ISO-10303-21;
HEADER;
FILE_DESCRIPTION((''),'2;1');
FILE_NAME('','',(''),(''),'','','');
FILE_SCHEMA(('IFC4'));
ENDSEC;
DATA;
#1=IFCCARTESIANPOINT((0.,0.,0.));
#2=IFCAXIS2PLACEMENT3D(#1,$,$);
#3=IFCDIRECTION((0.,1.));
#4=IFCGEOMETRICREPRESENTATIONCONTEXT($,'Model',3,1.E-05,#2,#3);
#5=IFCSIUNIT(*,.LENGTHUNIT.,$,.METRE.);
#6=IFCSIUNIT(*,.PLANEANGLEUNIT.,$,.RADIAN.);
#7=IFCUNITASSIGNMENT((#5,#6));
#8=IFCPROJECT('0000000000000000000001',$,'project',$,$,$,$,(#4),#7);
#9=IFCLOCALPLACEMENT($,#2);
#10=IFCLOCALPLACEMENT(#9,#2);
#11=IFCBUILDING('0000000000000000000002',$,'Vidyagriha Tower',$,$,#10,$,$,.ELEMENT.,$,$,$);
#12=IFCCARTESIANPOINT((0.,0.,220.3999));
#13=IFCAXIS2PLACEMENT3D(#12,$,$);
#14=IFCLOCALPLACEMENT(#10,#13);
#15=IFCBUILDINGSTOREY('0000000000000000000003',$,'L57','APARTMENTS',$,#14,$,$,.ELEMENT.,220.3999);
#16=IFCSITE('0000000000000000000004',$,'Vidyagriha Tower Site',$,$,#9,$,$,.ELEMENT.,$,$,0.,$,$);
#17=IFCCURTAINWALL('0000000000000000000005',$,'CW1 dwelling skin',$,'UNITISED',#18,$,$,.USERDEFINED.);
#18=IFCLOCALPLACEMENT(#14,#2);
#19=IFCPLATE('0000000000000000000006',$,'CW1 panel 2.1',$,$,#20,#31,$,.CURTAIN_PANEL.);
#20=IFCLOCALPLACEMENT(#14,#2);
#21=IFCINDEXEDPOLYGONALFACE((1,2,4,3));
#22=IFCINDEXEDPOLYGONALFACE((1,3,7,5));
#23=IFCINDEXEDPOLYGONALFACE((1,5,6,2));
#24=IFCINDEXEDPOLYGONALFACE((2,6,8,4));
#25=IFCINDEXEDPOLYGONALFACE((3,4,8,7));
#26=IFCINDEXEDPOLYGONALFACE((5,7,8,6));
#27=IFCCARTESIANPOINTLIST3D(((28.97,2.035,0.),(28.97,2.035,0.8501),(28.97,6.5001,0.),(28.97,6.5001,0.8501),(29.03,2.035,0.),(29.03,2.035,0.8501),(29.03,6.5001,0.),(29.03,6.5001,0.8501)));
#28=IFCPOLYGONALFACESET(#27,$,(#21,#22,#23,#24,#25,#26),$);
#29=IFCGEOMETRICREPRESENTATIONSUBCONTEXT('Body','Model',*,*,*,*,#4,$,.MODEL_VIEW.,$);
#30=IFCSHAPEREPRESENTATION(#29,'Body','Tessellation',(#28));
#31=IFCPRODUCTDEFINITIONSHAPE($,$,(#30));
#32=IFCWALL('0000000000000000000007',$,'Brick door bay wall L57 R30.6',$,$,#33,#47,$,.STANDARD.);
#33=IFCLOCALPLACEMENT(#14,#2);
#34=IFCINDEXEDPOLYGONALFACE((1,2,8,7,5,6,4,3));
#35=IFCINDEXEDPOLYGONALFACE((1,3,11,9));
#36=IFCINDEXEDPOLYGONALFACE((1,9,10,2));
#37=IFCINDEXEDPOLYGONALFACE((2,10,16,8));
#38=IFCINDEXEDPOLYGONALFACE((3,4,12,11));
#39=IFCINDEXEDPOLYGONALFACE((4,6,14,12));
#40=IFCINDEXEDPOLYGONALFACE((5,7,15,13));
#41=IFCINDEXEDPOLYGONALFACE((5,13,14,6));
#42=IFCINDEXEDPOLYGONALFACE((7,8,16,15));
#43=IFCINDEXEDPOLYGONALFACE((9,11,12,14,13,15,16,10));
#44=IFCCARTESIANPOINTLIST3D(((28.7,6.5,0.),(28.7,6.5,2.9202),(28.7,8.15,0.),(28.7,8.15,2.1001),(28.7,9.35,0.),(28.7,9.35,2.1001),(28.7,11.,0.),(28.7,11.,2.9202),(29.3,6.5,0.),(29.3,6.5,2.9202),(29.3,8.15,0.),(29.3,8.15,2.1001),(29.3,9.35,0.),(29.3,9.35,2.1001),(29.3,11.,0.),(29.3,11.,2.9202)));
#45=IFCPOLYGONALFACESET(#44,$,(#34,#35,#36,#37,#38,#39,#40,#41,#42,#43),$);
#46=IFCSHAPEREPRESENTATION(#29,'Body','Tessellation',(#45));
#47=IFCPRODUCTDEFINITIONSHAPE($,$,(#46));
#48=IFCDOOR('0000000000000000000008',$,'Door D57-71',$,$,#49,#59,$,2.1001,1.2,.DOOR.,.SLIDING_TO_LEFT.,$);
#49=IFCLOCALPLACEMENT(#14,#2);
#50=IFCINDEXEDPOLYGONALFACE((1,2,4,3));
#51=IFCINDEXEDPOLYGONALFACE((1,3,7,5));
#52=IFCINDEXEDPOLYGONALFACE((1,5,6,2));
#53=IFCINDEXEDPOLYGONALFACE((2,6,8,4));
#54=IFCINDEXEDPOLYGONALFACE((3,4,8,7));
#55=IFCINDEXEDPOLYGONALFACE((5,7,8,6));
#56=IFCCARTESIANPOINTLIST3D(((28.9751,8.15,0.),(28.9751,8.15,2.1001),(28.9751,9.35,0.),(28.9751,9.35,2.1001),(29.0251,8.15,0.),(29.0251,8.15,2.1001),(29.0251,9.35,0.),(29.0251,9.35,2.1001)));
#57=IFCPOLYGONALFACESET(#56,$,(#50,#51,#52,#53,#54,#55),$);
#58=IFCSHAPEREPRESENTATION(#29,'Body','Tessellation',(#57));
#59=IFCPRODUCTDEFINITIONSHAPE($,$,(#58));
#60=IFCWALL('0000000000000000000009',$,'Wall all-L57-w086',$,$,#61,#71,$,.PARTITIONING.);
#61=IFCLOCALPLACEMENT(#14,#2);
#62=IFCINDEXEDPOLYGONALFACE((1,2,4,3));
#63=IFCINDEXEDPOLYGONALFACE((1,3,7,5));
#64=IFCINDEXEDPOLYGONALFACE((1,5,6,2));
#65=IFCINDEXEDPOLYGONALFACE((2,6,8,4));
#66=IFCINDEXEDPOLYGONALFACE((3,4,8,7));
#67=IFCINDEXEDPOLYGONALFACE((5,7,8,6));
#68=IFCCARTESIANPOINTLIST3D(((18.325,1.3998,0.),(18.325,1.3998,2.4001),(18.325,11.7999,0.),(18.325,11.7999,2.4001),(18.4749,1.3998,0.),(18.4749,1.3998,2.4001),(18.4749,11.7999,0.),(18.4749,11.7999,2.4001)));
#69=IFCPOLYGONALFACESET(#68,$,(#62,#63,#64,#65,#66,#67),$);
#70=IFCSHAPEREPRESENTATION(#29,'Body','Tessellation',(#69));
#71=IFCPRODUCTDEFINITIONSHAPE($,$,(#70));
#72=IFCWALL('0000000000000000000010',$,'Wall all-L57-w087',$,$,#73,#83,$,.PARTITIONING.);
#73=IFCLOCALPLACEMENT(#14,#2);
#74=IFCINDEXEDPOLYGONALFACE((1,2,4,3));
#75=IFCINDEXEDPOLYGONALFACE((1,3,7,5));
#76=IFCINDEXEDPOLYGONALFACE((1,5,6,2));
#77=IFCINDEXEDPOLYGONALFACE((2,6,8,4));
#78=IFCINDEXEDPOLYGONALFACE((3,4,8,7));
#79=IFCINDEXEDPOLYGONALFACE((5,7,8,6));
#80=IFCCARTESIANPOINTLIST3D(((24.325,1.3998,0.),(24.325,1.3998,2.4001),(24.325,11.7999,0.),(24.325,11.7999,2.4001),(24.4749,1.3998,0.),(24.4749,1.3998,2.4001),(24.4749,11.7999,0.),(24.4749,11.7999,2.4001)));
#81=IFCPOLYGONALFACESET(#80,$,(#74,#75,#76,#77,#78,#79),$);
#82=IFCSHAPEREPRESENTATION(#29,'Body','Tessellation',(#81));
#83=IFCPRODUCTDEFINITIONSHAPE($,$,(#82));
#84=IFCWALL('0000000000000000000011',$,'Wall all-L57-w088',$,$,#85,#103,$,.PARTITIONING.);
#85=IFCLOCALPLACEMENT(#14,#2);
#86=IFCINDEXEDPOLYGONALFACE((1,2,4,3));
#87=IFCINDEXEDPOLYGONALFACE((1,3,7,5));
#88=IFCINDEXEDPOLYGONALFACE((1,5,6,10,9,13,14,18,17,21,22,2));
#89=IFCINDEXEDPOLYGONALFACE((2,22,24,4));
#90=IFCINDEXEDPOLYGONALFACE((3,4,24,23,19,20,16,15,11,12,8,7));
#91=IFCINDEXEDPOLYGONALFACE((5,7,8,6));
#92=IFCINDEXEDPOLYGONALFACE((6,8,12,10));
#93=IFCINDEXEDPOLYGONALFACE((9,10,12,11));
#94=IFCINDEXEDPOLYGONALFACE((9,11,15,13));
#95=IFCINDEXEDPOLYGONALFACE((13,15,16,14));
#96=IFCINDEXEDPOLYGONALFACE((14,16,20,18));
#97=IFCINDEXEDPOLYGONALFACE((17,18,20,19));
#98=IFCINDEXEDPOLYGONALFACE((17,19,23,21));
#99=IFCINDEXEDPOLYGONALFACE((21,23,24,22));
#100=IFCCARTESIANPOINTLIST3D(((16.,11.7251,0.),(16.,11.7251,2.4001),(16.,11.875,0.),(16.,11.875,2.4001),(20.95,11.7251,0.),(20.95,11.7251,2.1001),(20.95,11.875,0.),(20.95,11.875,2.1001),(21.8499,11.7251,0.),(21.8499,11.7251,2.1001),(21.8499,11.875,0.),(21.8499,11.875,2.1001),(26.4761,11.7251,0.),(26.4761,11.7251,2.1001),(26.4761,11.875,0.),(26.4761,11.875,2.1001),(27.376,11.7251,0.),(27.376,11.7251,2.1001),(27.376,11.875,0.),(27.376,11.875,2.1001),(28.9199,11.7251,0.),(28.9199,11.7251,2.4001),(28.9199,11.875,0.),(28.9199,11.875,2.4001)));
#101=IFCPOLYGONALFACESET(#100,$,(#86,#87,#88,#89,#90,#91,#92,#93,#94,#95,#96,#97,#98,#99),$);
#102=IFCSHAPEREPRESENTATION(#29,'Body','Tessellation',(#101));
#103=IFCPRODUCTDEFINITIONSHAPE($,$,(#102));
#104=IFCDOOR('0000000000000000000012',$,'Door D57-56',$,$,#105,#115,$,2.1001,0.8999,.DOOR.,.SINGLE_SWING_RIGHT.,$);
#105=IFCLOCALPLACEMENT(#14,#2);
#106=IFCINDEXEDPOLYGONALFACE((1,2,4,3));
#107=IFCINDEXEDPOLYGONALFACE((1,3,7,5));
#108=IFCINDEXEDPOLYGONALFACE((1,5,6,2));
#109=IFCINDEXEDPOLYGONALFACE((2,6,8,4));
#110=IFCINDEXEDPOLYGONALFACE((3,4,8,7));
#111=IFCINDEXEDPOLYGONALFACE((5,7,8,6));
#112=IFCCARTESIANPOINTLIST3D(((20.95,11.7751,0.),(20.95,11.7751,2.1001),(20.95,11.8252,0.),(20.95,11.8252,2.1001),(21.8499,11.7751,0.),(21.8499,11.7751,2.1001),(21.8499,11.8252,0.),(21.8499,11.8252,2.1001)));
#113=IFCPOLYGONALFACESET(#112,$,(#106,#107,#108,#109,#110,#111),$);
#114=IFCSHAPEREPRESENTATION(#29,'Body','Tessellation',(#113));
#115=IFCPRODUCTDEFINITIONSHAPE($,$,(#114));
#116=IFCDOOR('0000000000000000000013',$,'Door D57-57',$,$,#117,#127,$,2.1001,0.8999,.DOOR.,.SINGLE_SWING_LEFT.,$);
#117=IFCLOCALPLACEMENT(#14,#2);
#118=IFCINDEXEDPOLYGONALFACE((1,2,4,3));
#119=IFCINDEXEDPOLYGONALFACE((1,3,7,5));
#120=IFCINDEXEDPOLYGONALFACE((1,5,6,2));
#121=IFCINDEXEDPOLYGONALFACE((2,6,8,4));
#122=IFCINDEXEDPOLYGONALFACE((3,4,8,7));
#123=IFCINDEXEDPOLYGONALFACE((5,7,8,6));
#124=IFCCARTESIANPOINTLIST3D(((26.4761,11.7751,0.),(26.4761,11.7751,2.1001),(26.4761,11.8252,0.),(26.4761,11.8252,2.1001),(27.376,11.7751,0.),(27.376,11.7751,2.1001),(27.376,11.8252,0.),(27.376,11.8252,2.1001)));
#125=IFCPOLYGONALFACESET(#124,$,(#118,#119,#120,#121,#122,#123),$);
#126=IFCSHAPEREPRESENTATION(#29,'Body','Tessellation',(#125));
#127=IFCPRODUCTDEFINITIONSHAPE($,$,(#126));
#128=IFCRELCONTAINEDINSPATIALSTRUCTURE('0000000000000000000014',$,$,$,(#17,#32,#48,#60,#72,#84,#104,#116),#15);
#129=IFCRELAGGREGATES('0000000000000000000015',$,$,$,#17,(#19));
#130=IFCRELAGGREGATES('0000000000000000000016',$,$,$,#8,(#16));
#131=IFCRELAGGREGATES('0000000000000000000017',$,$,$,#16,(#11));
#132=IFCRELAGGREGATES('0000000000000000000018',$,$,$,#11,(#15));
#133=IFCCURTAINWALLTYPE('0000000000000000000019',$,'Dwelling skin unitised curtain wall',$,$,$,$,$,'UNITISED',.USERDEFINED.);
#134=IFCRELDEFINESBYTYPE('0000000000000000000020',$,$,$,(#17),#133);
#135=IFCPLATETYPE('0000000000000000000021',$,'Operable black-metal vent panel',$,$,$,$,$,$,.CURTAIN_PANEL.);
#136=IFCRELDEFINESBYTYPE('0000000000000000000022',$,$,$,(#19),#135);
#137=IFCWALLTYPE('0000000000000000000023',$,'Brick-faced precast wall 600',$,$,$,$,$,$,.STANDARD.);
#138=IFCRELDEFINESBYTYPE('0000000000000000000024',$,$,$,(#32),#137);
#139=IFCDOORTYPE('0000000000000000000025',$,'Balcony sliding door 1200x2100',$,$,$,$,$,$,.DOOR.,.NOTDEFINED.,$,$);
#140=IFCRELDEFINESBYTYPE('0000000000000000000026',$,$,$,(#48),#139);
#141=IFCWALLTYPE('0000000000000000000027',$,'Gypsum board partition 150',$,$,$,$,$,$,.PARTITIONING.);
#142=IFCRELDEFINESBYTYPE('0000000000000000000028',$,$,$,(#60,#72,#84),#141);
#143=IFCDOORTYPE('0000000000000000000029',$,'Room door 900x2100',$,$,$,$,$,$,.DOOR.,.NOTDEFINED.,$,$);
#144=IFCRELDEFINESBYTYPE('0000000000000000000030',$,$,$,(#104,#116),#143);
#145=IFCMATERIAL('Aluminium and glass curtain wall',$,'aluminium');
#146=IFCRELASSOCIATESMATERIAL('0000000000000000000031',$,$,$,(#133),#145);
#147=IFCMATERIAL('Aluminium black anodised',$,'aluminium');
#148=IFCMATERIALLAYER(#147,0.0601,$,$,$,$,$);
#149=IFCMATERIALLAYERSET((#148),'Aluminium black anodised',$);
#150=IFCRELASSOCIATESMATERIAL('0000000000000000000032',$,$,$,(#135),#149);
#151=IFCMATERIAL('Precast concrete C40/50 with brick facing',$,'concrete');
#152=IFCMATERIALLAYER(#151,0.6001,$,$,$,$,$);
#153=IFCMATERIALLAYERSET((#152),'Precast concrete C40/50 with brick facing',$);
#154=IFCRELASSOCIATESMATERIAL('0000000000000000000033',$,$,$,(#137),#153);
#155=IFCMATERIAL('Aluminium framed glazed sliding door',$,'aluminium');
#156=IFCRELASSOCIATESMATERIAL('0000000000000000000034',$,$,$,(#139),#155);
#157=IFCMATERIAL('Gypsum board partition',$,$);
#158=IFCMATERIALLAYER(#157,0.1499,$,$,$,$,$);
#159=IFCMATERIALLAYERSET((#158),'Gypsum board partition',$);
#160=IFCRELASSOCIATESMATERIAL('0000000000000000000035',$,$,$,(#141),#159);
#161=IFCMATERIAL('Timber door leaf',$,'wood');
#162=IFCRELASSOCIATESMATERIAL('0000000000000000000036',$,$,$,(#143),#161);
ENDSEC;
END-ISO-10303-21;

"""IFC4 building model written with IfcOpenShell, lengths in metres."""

from ifc_helpers import new_model, si_unit, direction, frame, frame_2d, origin, origin_2d, place, context, subcontext, project, spatial, rectangle, extrude, material, layer, layer_set, type_object, element, fill, aggregate, save


model = new_model("IFC4")

# Units and contexts
model_context = context("Model", 3, precision=1e-05, world=origin(), true_north=direction((0.0, 1.0)))
body_context = subcontext(model_context, "Body", "Model", "MODEL_VIEW")
ifc_project = project(units=[si_unit("LENGTHUNIT", "METRE"), si_unit("PLANEANGLEUNIT", "RADIAN")], contexts=[model_context])

# Site, building, storey
site_placement = place(None, origin())
site = spatial("IfcSite", under=ifc_project, at=site_placement, Name="Vidyagriha Tower Site", CompositionType="ELEMENT", RefElevation=0.0)
building_placement = place(site_placement, origin())
building = spatial("IfcBuilding", under=site, at=building_placement, Name="Vidyagriha Tower", CompositionType="ELEMENT")
storey_placement = place(building_placement, frame((0.0, 0.0, 220.3999)))
storey = spatial("IfcBuildingStorey", under=building, at=storey_placement, Name="L57", Description="APARTMENTS", CompositionType="ELEMENT", Elevation=220.3999)

# Curtain wall
ifc_material_1 = material(Name="Aluminium and glass curtain wall", Category="aluminium")
curtain_wall_type = type_object("IfcCurtainWallType", Name="Dwelling skin unitised curtain wall", ElementType="UNITISED", PredefinedType="USERDEFINED", material=ifc_material_1)
curtain_wall_1_placement = place(storey_placement, origin())
curtain_wall_1 = element("IfcCurtainWall", 1, at=curtain_wall_1_placement, inside=storey, type_object=curtain_wall_type, Name="CW1 dwelling skin", ObjectType="UNITISED", PredefinedType="USERDEFINED")

# Plate
ifc_material_2 = material(Name="Aluminium black anodised", Category="aluminium")
ifc_layer_1 = layer(ifc_material_2, 0.0601)
ifc_layer_set_1 = layer_set([ifc_layer_1], Name="Aluminium black anodised")
plate_type_1 = type_object("IfcPlateType", Name="Operable black-metal vent panel", PredefinedType="CURTAIN_PANEL", material=ifc_layer_set_1)
plate_1_placement = place(storey_placement, frame((29.0, 4.2676, 0.0), z_axis=(0.0, 0.0, 1.0), x_axis=(0.0, 1.0, 0.0)))
plate_1 = element("IfcPlate", 2, at=plate_1_placement, type_object=plate_type_1, Name="CW1 panel 2.1", PredefinedType="CURTAIN_PANEL", context=body_context, shape_type="SweptSolid", body=[
    extrude(rectangle(XDim=4.4651, YDim=0.0601, at=origin_2d()), origin(), (0.0, 0.0, 1.0), 0.8501),
])
aggregate(curtain_wall_1, [plate_1])

# Wall, opening, door
ifc_material_3 = material(Name="Precast concrete C40/50 with brick facing", Category="concrete")
ifc_layer_2 = layer(ifc_material_3, 0.6001)
ifc_layer_set_2 = layer_set([ifc_layer_2], Name="Precast concrete C40/50 with brick facing")
wall_type_1 = type_object("IfcWallType", Name="Brick-faced precast wall 600", PredefinedType="STANDARD", material=ifc_layer_set_2)
wall_1_placement = place(storey_placement, frame((29.0, 6.5, 0.0), z_axis=(0.0, 0.0, 1.0), x_axis=(0.0, 1.0, 0.0)))
wall_1 = element("IfcWall", 3, at=wall_1_placement, inside=storey, type_object=wall_type_1, Name="Brick door bay wall L57 R30.6", PredefinedType="STANDARD", context=body_context, shape_type="SweptSolid", body=[
    extrude(rectangle(XDim=4.5, YDim=0.6001, at=frame_2d((2.25, 0.0))), origin(), (0.0, 0.0, 1.0), 2.9202),
])
opening_1_placement = place(wall_1_placement, frame((1.6499, 0.0, 0.0)))
opening_1 = element("IfcOpeningElement", 4, at=opening_1_placement, cuts=wall_1, PredefinedType="OPENING", context=body_context, shape_type="SweptSolid", body=[
    extrude(rectangle(XDim=1.2, YDim=2.1001, at=frame_2d((0.6001, 1.05))), frame((0.0, 0.3101, 0.0), z_axis=(0.0, -1.0, 0.0), x_axis=(1.0, 0.0, 0.0)), (0.0, 0.0, 1.0), 0.6201),
])
ifc_material_4 = material(Name="Aluminium framed glazed sliding door", Category="aluminium")
door_type_1 = type_object("IfcDoorType", Name="Balcony sliding door 1200x2100", OperationType="NOTDEFINED", PredefinedType="DOOR", material=ifc_material_4)
door_1_placement = place(opening_1_placement, origin())
door_1 = element("IfcDoor", 5, at=door_1_placement, inside=storey, type_object=door_type_1, Name="Door D57-71", OperationType="SLIDING_TO_LEFT", OverallHeight=2.1001, OverallWidth=1.2, PredefinedType="DOOR", context=body_context, shape_type="SweptSolid", body=[
    extrude(rectangle(XDim=1.2, YDim=2.1001, at=frame_2d((0.6001, 1.05))), frame((0.0, 0.0249, 0.0), z_axis=(0.0, -1.0, 0.0), x_axis=(1.0, 0.0, 0.0)), (0.0, 0.0, 1.0), 0.05),
])
fill(opening_1, door_1)

# Walls
ifc_material_5 = material(Name="Gypsum board partition")
ifc_layer_3 = layer(ifc_material_5, 0.1499)
ifc_layer_set_3 = layer_set([ifc_layer_3], Name="Gypsum board partition")
wall_type_2 = type_object("IfcWallType", Name="Gypsum board partition 150", PredefinedType="PARTITIONING", material=ifc_layer_set_3)
for number, where, z_axis, x_axis, name in (
    (6, (18.3999, 11.8, 0.0), (0.0, 0.0, 1.0), (0.0, -1.0, 0.0), "Wall all-L57-w086"),
    (7, (24.3999, 11.8, 0.0), (0.0, 0.0, 1.0), (0.0, -1.0, 0.0), "Wall all-L57-w087"),
):
    element("IfcWall", number, at=place(storey_placement, frame(where, z_axis=z_axis, x_axis=x_axis)), inside=storey, type_object=wall_type_2, Name=name, PredefinedType="PARTITIONING", context=body_context, shape_type="SweptSolid", body=[
        extrude(rectangle(XDim=10.4001, YDim=0.1499, at=frame_2d((5.2002, 0.0))), origin(), (0.0, 0.0, 1.0), 2.4001),
    ])

# Wall, openings, doors
wall_2_placement = place(storey_placement, frame((28.9199, 11.8, 0.0), z_axis=(0.0, 0.0, 1.0), x_axis=(-1.0, 0.0, 0.0)))
wall_2 = element("IfcWall", 8, at=wall_2_placement, inside=storey, type_object=wall_type_2, Name="Wall all-L57-w088", PredefinedType="PARTITIONING", context=body_context, shape_type="SweptSolid", body=[
    extrude(rectangle(XDim=12.9199, YDim=0.1499, at=frame_2d((6.46, 0.0))), origin(), (0.0, 0.0, 1.0), 2.4001),
])
opening_2_placement = place(wall_2_placement, frame((7.0701, 0.0, 0.0)))
opening_2 = element("IfcOpeningElement", 9, at=opening_2_placement, cuts=wall_2, PredefinedType="OPENING", context=body_context, shape_type="SweptSolid", body=[
    extrude(rectangle(XDim=0.8999, YDim=2.1001, at=frame_2d((0.45, 1.05))), frame((0.0, 0.085, 0.0), z_axis=(0.0, -1.0, 0.0), x_axis=(1.0, 0.0, 0.0)), (0.0, 0.0, 1.0), 0.1699),
])
opening_3_placement = place(wall_2_placement, frame((1.5439, 0.0, 0.0)))
opening_3 = element("IfcOpeningElement", 10, at=opening_3_placement, cuts=wall_2, PredefinedType="OPENING", context=body_context, shape_type="SweptSolid", body=[
    extrude(rectangle(XDim=0.8999, YDim=2.1001, at=frame_2d((0.45, 1.05))), frame((0.0, 0.085, 0.0), z_axis=(0.0, -1.0, 0.0), x_axis=(1.0, 0.0, 0.0)), (0.0, 0.0, 1.0), 0.1699),
])
ifc_material_6 = material(Name="Timber door leaf", Category="wood")
door_type_2 = type_object("IfcDoorType", Name="Room door 900x2100", OperationType="NOTDEFINED", PredefinedType="DOOR", material=ifc_material_6)
door_2_placement = place(opening_2_placement, origin())
door_2 = element("IfcDoor", 11, at=door_2_placement, inside=storey, type_object=door_type_2, Name="Door D57-56", OperationType="SINGLE_SWING_RIGHT", OverallHeight=2.1001, OverallWidth=0.8999, PredefinedType="DOOR", context=body_context, shape_type="SweptSolid", body=[
    extrude(rectangle(XDim=0.8999, YDim=2.1001, at=frame_2d((0.45, 1.05))), frame((0.0, 0.0249, 0.0), z_axis=(0.0, -1.0, 0.0), x_axis=(1.0, 0.0, 0.0)), (0.0, 0.0, 1.0), 0.05),
])
fill(opening_2, door_2)
door_3_placement = place(opening_3_placement, origin())
door_3 = element("IfcDoor", 12, at=door_3_placement, inside=storey, type_object=door_type_2, Name="Door D57-57", OperationType="SINGLE_SWING_LEFT", OverallHeight=2.1001, OverallWidth=0.8999, PredefinedType="DOOR", context=body_context, shape_type="SweptSolid", body=[
    extrude(rectangle(XDim=0.8999, YDim=2.1001, at=frame_2d((0.45, 1.05))), frame((0.0, 0.0249, 0.0), z_axis=(0.0, -1.0, 0.0), x_axis=(1.0, 0.0, 0.0)), (0.0, 0.0, 1.0), 0.05),
])
fill(opening_3, door_3)

save(model, "model.ifc")
